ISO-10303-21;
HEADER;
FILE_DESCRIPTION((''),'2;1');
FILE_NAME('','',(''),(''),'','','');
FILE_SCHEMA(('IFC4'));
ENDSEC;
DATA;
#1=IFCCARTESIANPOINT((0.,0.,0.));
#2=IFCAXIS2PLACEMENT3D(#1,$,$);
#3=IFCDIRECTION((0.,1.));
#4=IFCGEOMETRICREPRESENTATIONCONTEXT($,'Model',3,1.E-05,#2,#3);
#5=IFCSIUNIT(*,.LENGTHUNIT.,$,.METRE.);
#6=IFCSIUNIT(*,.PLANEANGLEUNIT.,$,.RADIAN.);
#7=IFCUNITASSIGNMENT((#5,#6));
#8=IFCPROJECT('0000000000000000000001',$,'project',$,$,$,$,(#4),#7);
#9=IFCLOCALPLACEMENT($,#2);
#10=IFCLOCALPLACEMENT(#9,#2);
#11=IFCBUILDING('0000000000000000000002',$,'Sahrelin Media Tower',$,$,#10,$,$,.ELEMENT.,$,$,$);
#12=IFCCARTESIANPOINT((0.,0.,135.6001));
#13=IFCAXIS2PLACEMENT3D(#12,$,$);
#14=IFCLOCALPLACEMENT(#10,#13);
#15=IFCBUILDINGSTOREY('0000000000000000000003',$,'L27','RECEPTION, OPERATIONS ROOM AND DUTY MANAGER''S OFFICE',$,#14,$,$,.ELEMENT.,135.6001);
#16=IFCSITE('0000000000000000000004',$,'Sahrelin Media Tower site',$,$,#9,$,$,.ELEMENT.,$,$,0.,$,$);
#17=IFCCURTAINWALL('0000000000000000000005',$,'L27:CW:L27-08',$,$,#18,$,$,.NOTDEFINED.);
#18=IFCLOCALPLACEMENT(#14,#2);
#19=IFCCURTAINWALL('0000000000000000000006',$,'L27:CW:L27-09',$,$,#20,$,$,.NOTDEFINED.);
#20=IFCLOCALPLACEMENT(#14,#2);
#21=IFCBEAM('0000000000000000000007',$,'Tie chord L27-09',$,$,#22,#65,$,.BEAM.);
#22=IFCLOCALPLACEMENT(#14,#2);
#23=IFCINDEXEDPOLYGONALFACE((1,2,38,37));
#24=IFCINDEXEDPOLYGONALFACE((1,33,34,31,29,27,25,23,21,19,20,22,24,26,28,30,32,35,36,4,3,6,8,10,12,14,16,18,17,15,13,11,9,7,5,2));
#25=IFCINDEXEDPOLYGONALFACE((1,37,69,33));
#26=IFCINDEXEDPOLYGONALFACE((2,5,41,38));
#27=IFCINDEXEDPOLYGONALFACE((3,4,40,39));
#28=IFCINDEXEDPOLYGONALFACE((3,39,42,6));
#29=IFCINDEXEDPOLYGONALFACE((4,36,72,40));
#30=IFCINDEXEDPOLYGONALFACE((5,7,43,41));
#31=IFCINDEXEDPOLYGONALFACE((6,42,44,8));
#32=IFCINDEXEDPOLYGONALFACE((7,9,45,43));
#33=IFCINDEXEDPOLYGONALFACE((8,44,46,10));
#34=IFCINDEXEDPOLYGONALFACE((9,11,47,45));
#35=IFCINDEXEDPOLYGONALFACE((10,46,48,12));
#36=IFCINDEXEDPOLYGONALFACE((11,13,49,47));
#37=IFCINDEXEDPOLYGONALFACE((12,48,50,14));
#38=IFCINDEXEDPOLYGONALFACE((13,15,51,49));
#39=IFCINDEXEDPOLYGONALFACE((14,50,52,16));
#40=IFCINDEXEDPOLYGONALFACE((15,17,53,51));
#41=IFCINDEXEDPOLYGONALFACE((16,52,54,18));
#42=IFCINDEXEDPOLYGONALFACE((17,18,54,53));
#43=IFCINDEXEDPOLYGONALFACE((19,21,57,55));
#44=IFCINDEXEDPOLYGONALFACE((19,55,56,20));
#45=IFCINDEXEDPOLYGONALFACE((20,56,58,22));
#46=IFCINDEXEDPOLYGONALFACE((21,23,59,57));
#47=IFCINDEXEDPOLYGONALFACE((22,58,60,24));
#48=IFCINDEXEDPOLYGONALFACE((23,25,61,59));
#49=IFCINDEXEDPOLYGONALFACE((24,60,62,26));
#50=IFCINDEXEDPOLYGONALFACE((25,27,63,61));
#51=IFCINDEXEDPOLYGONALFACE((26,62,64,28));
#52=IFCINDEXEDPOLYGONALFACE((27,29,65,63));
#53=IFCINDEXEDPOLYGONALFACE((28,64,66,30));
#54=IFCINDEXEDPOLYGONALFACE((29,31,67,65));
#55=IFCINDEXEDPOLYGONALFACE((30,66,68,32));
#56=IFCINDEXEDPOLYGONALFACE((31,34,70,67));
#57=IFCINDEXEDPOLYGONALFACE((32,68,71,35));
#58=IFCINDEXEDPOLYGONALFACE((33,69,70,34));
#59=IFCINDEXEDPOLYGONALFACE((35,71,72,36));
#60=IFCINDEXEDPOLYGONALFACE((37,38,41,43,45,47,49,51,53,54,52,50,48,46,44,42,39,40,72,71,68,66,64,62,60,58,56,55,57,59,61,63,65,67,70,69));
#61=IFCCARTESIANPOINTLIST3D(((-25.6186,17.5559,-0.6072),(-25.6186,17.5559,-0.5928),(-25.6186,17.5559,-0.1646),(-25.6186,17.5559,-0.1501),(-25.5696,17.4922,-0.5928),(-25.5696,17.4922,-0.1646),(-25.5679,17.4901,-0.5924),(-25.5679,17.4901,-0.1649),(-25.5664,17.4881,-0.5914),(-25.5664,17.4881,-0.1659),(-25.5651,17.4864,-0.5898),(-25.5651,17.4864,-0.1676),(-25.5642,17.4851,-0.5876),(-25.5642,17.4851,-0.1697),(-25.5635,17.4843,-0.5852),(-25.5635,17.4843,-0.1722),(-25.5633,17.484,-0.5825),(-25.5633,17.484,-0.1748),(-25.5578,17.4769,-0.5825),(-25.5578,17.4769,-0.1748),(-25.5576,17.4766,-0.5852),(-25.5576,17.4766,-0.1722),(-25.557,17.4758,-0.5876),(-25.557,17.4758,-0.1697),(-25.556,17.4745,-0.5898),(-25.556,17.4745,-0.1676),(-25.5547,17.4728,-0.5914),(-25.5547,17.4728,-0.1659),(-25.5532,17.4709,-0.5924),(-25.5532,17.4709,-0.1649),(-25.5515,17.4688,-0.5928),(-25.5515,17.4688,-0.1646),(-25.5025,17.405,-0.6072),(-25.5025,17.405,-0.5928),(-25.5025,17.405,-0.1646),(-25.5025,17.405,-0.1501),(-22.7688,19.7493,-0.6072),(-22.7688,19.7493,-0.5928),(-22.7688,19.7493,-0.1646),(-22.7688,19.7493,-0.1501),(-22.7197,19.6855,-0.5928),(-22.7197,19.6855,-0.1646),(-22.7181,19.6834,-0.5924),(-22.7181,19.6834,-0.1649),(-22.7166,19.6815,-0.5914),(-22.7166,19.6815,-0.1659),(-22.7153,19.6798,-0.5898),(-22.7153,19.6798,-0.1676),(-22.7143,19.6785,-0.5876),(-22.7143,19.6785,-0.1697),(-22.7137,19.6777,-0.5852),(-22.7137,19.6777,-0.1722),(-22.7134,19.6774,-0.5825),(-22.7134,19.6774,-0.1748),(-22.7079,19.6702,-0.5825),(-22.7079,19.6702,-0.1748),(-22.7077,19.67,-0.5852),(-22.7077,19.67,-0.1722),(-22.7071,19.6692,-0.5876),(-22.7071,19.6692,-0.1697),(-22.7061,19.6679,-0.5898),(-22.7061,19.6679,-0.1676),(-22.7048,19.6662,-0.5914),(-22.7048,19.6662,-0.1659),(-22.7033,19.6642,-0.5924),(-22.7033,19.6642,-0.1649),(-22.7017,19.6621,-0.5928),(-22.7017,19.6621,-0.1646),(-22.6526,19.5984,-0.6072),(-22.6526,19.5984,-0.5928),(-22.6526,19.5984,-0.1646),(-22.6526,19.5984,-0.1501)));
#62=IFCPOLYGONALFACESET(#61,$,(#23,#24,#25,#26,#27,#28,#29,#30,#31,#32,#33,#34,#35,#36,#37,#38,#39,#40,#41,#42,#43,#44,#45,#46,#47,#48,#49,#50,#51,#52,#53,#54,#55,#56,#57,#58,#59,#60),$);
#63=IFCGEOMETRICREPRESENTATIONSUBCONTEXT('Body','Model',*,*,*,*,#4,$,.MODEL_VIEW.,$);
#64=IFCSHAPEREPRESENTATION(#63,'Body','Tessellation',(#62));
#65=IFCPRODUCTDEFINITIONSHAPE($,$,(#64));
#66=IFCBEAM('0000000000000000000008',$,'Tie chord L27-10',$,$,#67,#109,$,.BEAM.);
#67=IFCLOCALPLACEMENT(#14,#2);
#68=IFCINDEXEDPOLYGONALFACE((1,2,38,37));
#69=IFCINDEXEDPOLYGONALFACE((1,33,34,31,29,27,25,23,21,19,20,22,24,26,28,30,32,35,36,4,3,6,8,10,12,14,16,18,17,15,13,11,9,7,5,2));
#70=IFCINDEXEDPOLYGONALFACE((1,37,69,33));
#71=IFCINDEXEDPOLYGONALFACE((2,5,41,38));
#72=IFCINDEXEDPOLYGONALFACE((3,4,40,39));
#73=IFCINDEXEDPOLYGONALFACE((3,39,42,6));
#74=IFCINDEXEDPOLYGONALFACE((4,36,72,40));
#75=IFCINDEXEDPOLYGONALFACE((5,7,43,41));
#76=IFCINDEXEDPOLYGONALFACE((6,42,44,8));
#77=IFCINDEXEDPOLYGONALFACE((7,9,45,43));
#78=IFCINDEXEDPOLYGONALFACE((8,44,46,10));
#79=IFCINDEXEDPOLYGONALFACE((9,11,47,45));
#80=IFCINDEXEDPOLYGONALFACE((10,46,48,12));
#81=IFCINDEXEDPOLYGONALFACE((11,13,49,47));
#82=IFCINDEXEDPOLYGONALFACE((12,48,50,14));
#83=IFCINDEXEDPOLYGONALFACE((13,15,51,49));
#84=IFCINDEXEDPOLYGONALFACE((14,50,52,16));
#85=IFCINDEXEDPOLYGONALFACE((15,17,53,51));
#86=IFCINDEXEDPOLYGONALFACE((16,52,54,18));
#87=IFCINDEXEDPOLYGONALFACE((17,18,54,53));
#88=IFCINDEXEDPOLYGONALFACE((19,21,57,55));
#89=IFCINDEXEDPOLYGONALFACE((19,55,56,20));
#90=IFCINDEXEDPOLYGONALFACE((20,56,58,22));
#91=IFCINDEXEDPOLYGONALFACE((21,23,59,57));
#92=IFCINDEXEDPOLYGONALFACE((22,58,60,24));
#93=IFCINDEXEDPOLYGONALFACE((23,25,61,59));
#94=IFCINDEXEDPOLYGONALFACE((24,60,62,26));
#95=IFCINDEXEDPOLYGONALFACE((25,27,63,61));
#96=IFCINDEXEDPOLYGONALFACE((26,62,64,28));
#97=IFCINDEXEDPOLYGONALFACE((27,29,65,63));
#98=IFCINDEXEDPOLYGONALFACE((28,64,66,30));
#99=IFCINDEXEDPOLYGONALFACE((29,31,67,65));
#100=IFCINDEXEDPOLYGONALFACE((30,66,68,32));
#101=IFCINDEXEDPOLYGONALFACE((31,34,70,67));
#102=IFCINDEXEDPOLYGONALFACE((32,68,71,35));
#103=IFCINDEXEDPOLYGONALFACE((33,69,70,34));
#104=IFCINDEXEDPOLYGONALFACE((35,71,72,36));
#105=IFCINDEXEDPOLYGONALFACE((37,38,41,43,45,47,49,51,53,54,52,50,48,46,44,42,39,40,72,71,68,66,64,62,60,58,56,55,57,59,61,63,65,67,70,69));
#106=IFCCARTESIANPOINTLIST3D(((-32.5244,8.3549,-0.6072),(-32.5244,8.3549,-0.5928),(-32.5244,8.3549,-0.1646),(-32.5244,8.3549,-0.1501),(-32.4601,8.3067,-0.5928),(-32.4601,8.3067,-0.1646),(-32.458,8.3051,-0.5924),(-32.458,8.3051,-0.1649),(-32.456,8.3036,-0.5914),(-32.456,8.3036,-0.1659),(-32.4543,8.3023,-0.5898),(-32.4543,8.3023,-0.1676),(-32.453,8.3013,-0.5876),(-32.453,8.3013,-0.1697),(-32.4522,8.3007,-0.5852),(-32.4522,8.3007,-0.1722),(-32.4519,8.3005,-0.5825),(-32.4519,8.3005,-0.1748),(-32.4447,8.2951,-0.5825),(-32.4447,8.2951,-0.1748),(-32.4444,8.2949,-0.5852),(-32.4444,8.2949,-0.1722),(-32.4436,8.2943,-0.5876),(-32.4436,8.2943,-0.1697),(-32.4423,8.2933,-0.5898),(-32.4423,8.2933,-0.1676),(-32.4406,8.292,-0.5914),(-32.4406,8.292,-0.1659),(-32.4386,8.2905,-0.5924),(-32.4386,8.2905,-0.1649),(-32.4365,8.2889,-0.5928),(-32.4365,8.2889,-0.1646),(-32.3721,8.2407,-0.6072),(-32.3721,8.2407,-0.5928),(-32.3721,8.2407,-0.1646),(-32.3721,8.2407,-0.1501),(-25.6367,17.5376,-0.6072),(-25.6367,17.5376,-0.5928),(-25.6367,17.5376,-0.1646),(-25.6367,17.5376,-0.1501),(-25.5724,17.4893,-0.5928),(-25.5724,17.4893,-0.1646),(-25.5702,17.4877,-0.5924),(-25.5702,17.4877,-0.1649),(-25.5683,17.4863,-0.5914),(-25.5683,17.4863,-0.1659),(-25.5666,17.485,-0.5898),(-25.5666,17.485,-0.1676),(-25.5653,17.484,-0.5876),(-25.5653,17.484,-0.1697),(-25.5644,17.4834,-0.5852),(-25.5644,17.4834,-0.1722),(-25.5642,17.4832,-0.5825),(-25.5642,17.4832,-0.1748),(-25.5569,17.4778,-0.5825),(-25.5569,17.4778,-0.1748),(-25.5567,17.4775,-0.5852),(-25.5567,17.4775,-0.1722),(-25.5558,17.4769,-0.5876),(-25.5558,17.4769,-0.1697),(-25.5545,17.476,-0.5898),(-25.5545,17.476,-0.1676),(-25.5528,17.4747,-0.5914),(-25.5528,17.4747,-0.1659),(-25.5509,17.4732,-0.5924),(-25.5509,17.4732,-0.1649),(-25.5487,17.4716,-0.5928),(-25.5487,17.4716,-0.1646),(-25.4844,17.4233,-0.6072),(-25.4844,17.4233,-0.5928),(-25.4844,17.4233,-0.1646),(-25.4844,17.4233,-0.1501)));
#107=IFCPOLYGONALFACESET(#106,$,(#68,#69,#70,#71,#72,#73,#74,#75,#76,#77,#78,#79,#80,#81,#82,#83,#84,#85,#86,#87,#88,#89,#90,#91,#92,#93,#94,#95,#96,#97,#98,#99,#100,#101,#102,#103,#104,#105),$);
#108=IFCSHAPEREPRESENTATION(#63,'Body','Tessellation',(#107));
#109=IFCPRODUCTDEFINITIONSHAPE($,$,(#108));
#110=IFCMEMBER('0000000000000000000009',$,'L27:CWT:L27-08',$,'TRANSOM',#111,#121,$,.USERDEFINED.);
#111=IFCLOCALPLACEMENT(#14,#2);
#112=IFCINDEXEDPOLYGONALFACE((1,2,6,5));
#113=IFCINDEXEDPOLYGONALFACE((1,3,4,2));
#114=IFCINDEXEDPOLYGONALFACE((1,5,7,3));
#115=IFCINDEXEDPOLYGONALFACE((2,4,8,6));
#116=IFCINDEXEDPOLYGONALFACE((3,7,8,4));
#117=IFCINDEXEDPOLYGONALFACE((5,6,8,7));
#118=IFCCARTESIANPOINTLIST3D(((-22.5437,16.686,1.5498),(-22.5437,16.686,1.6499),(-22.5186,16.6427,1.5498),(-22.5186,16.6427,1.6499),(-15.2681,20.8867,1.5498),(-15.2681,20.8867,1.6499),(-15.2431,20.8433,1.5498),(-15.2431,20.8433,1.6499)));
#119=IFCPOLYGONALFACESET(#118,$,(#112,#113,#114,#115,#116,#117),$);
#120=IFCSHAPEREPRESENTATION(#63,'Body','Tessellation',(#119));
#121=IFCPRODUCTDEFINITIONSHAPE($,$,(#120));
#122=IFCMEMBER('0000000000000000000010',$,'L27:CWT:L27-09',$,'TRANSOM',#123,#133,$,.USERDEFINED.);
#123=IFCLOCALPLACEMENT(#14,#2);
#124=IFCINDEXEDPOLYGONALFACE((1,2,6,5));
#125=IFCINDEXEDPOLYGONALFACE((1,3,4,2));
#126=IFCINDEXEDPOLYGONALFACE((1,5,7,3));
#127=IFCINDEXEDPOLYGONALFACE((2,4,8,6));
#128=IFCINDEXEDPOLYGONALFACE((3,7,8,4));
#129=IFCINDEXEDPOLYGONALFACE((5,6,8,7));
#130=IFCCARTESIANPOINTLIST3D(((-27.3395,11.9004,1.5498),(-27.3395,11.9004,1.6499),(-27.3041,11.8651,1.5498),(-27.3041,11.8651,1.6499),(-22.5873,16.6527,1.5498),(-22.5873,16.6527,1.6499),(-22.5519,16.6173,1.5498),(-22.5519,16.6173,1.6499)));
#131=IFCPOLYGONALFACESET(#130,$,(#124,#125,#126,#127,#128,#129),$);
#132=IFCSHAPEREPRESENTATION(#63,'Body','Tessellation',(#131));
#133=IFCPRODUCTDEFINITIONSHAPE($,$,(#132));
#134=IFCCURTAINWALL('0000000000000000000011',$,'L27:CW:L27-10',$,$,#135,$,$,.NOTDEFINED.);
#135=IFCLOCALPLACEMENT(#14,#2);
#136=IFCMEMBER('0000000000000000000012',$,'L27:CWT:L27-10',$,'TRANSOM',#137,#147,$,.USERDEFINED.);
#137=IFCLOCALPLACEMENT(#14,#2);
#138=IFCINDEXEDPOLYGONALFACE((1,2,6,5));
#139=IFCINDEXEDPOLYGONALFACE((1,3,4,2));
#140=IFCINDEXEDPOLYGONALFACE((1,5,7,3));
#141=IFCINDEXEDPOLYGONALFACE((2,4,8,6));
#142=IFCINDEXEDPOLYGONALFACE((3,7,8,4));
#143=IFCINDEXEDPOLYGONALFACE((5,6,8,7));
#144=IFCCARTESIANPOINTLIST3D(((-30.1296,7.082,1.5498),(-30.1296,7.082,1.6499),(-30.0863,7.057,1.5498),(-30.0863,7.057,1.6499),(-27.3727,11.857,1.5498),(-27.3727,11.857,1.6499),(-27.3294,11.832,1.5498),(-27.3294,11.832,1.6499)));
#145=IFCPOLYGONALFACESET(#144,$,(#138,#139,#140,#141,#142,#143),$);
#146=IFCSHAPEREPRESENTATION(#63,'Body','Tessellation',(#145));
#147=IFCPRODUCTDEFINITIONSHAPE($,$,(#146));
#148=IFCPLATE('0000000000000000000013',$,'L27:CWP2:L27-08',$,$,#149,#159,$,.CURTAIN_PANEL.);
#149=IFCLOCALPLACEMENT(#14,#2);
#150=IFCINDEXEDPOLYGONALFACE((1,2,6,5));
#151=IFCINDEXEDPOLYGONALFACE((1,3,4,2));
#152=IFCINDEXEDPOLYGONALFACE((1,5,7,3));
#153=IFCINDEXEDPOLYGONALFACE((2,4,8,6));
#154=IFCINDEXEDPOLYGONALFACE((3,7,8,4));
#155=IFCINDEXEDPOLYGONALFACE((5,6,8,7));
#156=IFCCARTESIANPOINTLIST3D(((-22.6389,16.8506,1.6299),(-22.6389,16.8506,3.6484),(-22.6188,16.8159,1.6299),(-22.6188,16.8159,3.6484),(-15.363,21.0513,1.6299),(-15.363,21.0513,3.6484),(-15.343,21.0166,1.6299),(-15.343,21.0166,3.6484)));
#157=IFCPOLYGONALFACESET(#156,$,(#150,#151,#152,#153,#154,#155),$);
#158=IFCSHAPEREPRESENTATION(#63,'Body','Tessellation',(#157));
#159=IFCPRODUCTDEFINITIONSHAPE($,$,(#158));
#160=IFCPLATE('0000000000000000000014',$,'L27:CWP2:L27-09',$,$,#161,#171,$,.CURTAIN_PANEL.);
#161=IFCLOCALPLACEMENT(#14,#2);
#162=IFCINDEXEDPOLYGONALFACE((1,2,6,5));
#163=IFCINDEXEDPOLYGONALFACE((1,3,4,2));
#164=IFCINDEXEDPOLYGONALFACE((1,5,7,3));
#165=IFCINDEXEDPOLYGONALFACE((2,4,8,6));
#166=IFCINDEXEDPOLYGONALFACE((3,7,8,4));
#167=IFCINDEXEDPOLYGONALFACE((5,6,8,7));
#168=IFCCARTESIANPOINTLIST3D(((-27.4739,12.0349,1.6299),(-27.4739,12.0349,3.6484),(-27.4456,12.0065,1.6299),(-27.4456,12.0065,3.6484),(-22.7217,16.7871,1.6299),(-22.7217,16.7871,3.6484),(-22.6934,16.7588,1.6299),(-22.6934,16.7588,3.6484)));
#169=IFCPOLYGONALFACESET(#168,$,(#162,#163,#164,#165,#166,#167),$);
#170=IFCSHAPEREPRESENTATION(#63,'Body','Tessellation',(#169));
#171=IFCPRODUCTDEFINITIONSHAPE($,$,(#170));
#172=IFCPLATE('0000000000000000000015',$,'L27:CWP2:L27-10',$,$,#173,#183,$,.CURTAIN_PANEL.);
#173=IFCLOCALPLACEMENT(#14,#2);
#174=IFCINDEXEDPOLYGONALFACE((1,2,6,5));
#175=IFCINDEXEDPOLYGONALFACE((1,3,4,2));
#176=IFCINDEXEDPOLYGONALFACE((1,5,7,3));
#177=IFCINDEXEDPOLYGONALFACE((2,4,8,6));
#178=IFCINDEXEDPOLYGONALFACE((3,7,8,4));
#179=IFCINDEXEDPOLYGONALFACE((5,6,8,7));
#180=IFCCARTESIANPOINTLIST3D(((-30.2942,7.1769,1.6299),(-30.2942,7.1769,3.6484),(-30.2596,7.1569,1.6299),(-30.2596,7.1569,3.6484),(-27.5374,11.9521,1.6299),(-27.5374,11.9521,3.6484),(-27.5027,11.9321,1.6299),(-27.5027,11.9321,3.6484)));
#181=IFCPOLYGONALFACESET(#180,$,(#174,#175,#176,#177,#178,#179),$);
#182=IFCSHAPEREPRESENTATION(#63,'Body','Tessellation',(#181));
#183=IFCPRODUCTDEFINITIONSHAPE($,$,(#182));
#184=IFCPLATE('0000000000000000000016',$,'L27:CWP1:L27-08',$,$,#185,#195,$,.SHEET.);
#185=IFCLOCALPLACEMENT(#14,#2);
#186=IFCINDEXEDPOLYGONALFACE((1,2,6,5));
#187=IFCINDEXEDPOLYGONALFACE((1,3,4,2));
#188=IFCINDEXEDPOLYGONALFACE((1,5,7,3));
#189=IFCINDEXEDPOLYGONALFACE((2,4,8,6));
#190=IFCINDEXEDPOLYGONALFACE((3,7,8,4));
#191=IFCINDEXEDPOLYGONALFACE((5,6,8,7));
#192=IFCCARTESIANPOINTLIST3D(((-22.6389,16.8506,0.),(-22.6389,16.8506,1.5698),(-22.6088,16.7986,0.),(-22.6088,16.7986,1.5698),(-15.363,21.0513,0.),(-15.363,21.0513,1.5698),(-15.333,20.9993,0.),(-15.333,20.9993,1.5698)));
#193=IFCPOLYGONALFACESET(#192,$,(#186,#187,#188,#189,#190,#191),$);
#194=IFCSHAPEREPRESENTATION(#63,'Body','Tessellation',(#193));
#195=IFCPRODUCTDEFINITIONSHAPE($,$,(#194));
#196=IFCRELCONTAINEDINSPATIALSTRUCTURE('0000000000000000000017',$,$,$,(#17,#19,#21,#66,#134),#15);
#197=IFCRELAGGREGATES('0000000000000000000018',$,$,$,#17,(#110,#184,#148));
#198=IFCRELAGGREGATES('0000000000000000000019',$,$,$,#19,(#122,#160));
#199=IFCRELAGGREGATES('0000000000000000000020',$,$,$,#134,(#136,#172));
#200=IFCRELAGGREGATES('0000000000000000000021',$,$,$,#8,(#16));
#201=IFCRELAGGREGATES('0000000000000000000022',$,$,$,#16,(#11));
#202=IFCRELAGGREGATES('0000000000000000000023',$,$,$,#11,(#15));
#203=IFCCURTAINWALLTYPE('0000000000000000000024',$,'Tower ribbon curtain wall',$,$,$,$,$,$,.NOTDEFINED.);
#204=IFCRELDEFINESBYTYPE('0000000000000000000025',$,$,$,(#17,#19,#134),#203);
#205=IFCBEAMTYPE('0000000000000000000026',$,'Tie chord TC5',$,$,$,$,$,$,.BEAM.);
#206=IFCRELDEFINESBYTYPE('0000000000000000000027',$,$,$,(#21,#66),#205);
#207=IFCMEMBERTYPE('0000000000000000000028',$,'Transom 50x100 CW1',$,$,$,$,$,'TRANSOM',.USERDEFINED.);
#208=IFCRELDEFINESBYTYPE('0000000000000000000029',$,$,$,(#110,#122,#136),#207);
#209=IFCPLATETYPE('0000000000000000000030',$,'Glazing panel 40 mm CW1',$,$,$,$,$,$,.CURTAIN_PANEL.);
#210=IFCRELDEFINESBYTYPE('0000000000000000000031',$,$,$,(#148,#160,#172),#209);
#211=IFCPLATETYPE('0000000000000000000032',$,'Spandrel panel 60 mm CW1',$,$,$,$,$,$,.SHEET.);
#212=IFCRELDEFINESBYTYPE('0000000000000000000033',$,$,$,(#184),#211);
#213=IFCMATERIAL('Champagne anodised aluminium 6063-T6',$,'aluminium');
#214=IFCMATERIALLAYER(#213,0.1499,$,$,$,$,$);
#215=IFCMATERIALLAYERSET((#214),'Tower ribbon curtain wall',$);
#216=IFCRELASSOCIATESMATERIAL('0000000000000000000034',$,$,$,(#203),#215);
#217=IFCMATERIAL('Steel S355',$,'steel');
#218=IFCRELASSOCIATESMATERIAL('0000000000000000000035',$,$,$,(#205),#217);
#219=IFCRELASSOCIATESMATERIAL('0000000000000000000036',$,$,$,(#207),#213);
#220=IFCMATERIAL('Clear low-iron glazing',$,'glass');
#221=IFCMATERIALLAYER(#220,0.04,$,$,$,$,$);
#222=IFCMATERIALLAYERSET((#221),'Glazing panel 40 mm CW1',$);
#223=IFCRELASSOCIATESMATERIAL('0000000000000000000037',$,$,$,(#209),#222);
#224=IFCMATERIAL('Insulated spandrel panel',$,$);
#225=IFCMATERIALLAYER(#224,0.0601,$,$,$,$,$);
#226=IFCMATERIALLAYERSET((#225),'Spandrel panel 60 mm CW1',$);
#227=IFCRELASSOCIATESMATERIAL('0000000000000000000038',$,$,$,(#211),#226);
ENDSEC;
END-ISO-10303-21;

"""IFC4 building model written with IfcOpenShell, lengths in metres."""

from ifc_helpers import new_model, si_unit, direction, frame, origin, origin_2d, place, context, subcontext, project, spatial, polyline, rectangle, i_section, outline, extrude, material, layer, layer_set, material_profile, profile_set, type_object, element, aggregate, save


model = new_model("IFC4")

# Units and contexts
model_context = context("Model", 3, precision=1e-05, world=origin(), true_north=direction((0.0, 1.0)))
body_context = subcontext(model_context, "Body", "Model", "MODEL_VIEW")
ifc_project = project(units=[si_unit("LENGTHUNIT", "METRE"), si_unit("PLANEANGLEUNIT", "RADIAN")], contexts=[model_context])

# Site, building, storey
site_placement = place(None, origin())
site = spatial("IfcSite", under=ifc_project, at=site_placement, Name="Sahrelin Media Tower site", CompositionType="ELEMENT", RefElevation=0.0)
building_placement = place(site_placement, origin())
building = spatial("IfcBuilding", under=site, at=building_placement, Name="Sahrelin Media Tower", CompositionType="ELEMENT")
storey_placement = place(building_placement, frame((0.0, 0.0, 135.6001)))
storey = spatial("IfcBuildingStorey", under=building, at=storey_placement, Name="L27", Description="RECEPTION, OPERATIONS ROOM AND DUTY MANAGER'S OFFICE", CompositionType="ELEMENT", Elevation=135.6001)

# Shared definitions
ifc_material_1 = material(Name="Steel S355", Category="steel")

# Curtain walls
ifc_material_2 = material(Name="Champagne anodised aluminium 6063-T6", Category="aluminium")
ifc_layer_1 = layer(ifc_material_2, 0.1499)
ifc_layer_set_1 = layer_set([ifc_layer_1], Name="Tower ribbon curtain wall")
curtain_wall_type = type_object("IfcCurtainWallType", Name="Tower ribbon curtain wall", PredefinedType="NOTDEFINED", material=ifc_layer_set_1)
curtain_wall_1_placement = place(storey_placement, frame((-18.991, 18.9336, 0.0), z_axis=(0.0, 0.0, 1.0), x_axis=(1.0, 0.0, 0.0)))
curtain_wall_1 = element("IfcCurtainWall", 1, at=curtain_wall_1_placement, inside=storey, type_object=curtain_wall_type, Name="L27:CW:L27-08", PredefinedType="NOTDEFINED")
curtain_wall_2_placement = place(storey_placement, frame((-25.0835, 14.3967, 0.0), z_axis=(0.0, 0.0, 1.0), x_axis=(1.0, 0.0, 0.0)))
curtain_wall_2 = element("IfcCurtainWall", 2, at=curtain_wall_2_placement, inside=storey, type_object=curtain_wall_type, Name="L27:CW:L27-09", PredefinedType="NOTDEFINED")

# Beams
ifc_material_profile_1 = material_profile(ifc_material_1, i_section(OverallWidth=0.1904, OverallDepth=0.457, WebThickness=0.009, FlangeThickness=0.0144, FilletRadius=0.0103, at=origin_2d()), Name="UB 457x191x74")
ifc_profile_set_1 = profile_set([ifc_material_profile_1], Name="Steel S355")
beam_type_1 = type_object("IfcBeamType", Name="Tie chord TC5", PredefinedType="BEAM", material=ifc_profile_set_1)
beam_1_placement = place(storey_placement, frame((-22.7107, 19.6738, -0.3787), z_axis=(-0.792467, -0.609914, 0.0), x_axis=(0.609914, -0.792467, 0.0)))
element("IfcBeam", 3, at=beam_1_placement, inside=storey, type_object=beam_type_1, Name="Tie chord L27-09", PredefinedType="BEAM", context=body_context, shape_type="SweptSolid", body=[
    extrude(i_section(OverallWidth=0.1904, OverallDepth=0.457, WebThickness=0.009, FlangeThickness=0.0144, FilletRadius=0.0103, at=origin_2d()), origin(), (0.0, 0.0, 1.0), 3.5962),
])
beam_2_placement = place(storey_placement, frame((-25.5605, 17.4805, -0.3787), z_axis=(-0.600041, -0.799969, 0.0), x_axis=(0.799969, -0.600041, 0.0)))
element("IfcBeam", 4, at=beam_2_placement, inside=storey, type_object=beam_type_1, Name="Tie chord L27-10", PredefinedType="BEAM", context=body_context, shape_type="SweptSolid", body=[
    extrude(i_section(OverallWidth=0.1904, OverallDepth=0.457, WebThickness=0.009, FlangeThickness=0.0144, FilletRadius=0.0103, at=origin_2d()), origin(), (0.0, 0.0, 1.0), 11.4788),
])

# Members
ifc_material_profile_2 = material_profile(ifc_material_2, rectangle(XDim=0.05, YDim=0.1001, at=origin_2d()), Name="Transom 50x100")
ifc_profile_set_2 = profile_set([ifc_material_profile_2], Name="Champagne anodised aluminium 6063-T6")
member_type_1 = type_object("IfcMemberType", Name="Transom 50x100 CW1", ElementType="TRANSOM", PredefinedType="USERDEFINED", material=ifc_profile_set_2)
member_1_placement = place(storey_placement, frame((-15.2556, 20.865, 1.5999), z_axis=(-0.866021, -0.500008, 0.0), x_axis=(0.500008, -0.866021, 0.0)))
member_1 = element("IfcMember", 5, at=member_1_placement, type_object=member_type_1, Name="L27:CWT:L27-08", ObjectType="TRANSOM", PredefinedType="USERDEFINED", context=body_context, shape_type="SweptSolid", body=[
    extrude(rectangle(XDim=0.05, YDim=0.1001, at=origin_2d()), origin(), (0.0, 0.0, 1.0), 8.4011),
])
member_2_placement = place(storey_placement, frame((-22.5696, 16.635, 1.5999), z_axis=(-0.707107, -0.707107, 0.0), x_axis=(0.707107, -0.707107, 0.0)))
member_2 = element("IfcMember", 6, at=member_2_placement, type_object=member_type_1, Name="L27:CWT:L27-09", ObjectType="TRANSOM", PredefinedType="USERDEFINED", context=body_context, shape_type="SweptSolid", body=[
    extrude(rectangle(XDim=0.05, YDim=0.1001, at=origin_2d()), origin(), (0.0, 0.0, 1.0), 6.7207),
])

# Curtain wall, member
curtain_wall_3_placement = place(storey_placement, frame((-28.8984, 9.5547, 0.0), z_axis=(0.0, 0.0, 1.0), x_axis=(1.0, 0.0, 0.0)))
curtain_wall_3 = element("IfcCurtainWall", 7, at=curtain_wall_3_placement, inside=storey, type_object=curtain_wall_type, Name="L27:CW:L27-10", PredefinedType="NOTDEFINED")
member_3_placement = place(storey_placement, frame((-27.3511, 11.8445, 1.5999), z_axis=(-0.500006, -0.866022, 0.0), x_axis=(0.866022, -0.500006, 0.0)))
member_3 = element("IfcMember", 8, at=member_3_placement, type_object=member_type_1, Name="L27:CWT:L27-10", ObjectType="TRANSOM", PredefinedType="USERDEFINED", context=body_context, shape_type="SweptSolid", body=[
    extrude(rectangle(XDim=0.05, YDim=0.1001, at=origin_2d()), origin(), (0.0, 0.0, 1.0), 5.5137),
])

# Plates
ifc_material_3 = material(Name="Clear low-iron glazing", Category="glass")
ifc_layer_2 = layer(ifc_material_3, 0.04)
ifc_layer_set_2 = layer_set([ifc_layer_2], Name="Glazing panel 40 mm CW1")
plate_type_1 = type_object("IfcPlateType", Name="Glazing panel 40 mm CW1", PredefinedType="CURTAIN_PANEL", material=ifc_layer_set_2)
plate_1_placement = place(storey_placement, frame((-15.363, 21.0513, 1.6299), z_axis=(-0.499996, 0.866028, 0.0), x_axis=(-0.866028, -0.499996, 0.0)))
plate_1 = element("IfcPlate", 9, at=plate_1_placement, type_object=plate_type_1, Name="L27:CWP2:L27-08", PredefinedType="CURTAIN_PANEL", context=body_context, shape_type="SweptSolid", body=[
    extrude(outline(polyline([(0.0, 0.0), (8.4014, 0.0), (8.4014, 2.0186), (0.0, 2.0186), (0.0, 0.0)])), origin(), (0.0, 0.0, -1.0), 0.04),
])
plate_2_placement = place(storey_placement, frame((-22.7217, 16.7871, 1.6299), z_axis=(-0.707107, 0.707107, 0.0), x_axis=(-0.707107, -0.707107, 0.0)))
plate_2 = element("IfcPlate", 10, at=plate_2_placement, type_object=plate_type_1, Name="L27:CWP2:L27-09", PredefinedType="CURTAIN_PANEL", context=body_context, shape_type="SweptSolid", body=[
    extrude(outline(polyline([(0.0, 0.0), (6.7207, 0.0), (6.7207, 2.0186), (0.0, 2.0186), (0.0, 0.0)])), origin(), (0.0, 0.0, -1.0), 0.04),
])
plate_3_placement = place(storey_placement, frame((-27.5374, 11.9521, 1.6299), z_axis=(-0.866033, 0.499987, 0.0), x_axis=(-0.499987, -0.866033, 0.0)))
plate_3 = element("IfcPlate", 11, at=plate_3_placement, type_object=plate_type_1, Name="L27:CWP2:L27-10", PredefinedType="CURTAIN_PANEL", context=body_context, shape_type="SweptSolid", body=[
    extrude(outline(polyline([(0.0, 0.0), (5.5139, 0.0), (5.5139, 2.0186), (0.0, 2.0186), (0.0, 0.0)])), origin(), (0.0, 0.0, -1.0), 0.04),
])
ifc_material_4 = material(Name="Insulated spandrel panel")
ifc_layer_3 = layer(ifc_material_4, 0.0601)
ifc_layer_set_3 = layer_set([ifc_layer_3], Name="Spandrel panel 60 mm CW1")
plate_type_2 = type_object("IfcPlateType", Name="Spandrel panel 60 mm CW1", PredefinedType="SHEET", material=ifc_layer_set_3)
plate_4_placement = place(storey_placement, frame((-15.363, 21.0513, 0.0), z_axis=(-0.499996, 0.866028, 0.0), x_axis=(-0.866028, -0.499996, 0.0)))
plate_4 = element("IfcPlate", 12, at=plate_4_placement, type_object=plate_type_2, Name="L27:CWP1:L27-08", PredefinedType="SHEET", context=body_context, shape_type="SweptSolid", body=[
    extrude(outline(polyline([(0.0, 0.0), (8.4014, 0.0), (8.4014, 1.5698), (0.0, 1.5698), (0.0, 0.0)])), origin(), (0.0, 0.0, -1.0), 0.0601),
])
aggregate(curtain_wall_1, [member_1, plate_4, plate_1])
aggregate(curtain_wall_2, [member_2, plate_2])
aggregate(curtain_wall_3, [member_3, plate_3])

save(model, "model.ifc")
